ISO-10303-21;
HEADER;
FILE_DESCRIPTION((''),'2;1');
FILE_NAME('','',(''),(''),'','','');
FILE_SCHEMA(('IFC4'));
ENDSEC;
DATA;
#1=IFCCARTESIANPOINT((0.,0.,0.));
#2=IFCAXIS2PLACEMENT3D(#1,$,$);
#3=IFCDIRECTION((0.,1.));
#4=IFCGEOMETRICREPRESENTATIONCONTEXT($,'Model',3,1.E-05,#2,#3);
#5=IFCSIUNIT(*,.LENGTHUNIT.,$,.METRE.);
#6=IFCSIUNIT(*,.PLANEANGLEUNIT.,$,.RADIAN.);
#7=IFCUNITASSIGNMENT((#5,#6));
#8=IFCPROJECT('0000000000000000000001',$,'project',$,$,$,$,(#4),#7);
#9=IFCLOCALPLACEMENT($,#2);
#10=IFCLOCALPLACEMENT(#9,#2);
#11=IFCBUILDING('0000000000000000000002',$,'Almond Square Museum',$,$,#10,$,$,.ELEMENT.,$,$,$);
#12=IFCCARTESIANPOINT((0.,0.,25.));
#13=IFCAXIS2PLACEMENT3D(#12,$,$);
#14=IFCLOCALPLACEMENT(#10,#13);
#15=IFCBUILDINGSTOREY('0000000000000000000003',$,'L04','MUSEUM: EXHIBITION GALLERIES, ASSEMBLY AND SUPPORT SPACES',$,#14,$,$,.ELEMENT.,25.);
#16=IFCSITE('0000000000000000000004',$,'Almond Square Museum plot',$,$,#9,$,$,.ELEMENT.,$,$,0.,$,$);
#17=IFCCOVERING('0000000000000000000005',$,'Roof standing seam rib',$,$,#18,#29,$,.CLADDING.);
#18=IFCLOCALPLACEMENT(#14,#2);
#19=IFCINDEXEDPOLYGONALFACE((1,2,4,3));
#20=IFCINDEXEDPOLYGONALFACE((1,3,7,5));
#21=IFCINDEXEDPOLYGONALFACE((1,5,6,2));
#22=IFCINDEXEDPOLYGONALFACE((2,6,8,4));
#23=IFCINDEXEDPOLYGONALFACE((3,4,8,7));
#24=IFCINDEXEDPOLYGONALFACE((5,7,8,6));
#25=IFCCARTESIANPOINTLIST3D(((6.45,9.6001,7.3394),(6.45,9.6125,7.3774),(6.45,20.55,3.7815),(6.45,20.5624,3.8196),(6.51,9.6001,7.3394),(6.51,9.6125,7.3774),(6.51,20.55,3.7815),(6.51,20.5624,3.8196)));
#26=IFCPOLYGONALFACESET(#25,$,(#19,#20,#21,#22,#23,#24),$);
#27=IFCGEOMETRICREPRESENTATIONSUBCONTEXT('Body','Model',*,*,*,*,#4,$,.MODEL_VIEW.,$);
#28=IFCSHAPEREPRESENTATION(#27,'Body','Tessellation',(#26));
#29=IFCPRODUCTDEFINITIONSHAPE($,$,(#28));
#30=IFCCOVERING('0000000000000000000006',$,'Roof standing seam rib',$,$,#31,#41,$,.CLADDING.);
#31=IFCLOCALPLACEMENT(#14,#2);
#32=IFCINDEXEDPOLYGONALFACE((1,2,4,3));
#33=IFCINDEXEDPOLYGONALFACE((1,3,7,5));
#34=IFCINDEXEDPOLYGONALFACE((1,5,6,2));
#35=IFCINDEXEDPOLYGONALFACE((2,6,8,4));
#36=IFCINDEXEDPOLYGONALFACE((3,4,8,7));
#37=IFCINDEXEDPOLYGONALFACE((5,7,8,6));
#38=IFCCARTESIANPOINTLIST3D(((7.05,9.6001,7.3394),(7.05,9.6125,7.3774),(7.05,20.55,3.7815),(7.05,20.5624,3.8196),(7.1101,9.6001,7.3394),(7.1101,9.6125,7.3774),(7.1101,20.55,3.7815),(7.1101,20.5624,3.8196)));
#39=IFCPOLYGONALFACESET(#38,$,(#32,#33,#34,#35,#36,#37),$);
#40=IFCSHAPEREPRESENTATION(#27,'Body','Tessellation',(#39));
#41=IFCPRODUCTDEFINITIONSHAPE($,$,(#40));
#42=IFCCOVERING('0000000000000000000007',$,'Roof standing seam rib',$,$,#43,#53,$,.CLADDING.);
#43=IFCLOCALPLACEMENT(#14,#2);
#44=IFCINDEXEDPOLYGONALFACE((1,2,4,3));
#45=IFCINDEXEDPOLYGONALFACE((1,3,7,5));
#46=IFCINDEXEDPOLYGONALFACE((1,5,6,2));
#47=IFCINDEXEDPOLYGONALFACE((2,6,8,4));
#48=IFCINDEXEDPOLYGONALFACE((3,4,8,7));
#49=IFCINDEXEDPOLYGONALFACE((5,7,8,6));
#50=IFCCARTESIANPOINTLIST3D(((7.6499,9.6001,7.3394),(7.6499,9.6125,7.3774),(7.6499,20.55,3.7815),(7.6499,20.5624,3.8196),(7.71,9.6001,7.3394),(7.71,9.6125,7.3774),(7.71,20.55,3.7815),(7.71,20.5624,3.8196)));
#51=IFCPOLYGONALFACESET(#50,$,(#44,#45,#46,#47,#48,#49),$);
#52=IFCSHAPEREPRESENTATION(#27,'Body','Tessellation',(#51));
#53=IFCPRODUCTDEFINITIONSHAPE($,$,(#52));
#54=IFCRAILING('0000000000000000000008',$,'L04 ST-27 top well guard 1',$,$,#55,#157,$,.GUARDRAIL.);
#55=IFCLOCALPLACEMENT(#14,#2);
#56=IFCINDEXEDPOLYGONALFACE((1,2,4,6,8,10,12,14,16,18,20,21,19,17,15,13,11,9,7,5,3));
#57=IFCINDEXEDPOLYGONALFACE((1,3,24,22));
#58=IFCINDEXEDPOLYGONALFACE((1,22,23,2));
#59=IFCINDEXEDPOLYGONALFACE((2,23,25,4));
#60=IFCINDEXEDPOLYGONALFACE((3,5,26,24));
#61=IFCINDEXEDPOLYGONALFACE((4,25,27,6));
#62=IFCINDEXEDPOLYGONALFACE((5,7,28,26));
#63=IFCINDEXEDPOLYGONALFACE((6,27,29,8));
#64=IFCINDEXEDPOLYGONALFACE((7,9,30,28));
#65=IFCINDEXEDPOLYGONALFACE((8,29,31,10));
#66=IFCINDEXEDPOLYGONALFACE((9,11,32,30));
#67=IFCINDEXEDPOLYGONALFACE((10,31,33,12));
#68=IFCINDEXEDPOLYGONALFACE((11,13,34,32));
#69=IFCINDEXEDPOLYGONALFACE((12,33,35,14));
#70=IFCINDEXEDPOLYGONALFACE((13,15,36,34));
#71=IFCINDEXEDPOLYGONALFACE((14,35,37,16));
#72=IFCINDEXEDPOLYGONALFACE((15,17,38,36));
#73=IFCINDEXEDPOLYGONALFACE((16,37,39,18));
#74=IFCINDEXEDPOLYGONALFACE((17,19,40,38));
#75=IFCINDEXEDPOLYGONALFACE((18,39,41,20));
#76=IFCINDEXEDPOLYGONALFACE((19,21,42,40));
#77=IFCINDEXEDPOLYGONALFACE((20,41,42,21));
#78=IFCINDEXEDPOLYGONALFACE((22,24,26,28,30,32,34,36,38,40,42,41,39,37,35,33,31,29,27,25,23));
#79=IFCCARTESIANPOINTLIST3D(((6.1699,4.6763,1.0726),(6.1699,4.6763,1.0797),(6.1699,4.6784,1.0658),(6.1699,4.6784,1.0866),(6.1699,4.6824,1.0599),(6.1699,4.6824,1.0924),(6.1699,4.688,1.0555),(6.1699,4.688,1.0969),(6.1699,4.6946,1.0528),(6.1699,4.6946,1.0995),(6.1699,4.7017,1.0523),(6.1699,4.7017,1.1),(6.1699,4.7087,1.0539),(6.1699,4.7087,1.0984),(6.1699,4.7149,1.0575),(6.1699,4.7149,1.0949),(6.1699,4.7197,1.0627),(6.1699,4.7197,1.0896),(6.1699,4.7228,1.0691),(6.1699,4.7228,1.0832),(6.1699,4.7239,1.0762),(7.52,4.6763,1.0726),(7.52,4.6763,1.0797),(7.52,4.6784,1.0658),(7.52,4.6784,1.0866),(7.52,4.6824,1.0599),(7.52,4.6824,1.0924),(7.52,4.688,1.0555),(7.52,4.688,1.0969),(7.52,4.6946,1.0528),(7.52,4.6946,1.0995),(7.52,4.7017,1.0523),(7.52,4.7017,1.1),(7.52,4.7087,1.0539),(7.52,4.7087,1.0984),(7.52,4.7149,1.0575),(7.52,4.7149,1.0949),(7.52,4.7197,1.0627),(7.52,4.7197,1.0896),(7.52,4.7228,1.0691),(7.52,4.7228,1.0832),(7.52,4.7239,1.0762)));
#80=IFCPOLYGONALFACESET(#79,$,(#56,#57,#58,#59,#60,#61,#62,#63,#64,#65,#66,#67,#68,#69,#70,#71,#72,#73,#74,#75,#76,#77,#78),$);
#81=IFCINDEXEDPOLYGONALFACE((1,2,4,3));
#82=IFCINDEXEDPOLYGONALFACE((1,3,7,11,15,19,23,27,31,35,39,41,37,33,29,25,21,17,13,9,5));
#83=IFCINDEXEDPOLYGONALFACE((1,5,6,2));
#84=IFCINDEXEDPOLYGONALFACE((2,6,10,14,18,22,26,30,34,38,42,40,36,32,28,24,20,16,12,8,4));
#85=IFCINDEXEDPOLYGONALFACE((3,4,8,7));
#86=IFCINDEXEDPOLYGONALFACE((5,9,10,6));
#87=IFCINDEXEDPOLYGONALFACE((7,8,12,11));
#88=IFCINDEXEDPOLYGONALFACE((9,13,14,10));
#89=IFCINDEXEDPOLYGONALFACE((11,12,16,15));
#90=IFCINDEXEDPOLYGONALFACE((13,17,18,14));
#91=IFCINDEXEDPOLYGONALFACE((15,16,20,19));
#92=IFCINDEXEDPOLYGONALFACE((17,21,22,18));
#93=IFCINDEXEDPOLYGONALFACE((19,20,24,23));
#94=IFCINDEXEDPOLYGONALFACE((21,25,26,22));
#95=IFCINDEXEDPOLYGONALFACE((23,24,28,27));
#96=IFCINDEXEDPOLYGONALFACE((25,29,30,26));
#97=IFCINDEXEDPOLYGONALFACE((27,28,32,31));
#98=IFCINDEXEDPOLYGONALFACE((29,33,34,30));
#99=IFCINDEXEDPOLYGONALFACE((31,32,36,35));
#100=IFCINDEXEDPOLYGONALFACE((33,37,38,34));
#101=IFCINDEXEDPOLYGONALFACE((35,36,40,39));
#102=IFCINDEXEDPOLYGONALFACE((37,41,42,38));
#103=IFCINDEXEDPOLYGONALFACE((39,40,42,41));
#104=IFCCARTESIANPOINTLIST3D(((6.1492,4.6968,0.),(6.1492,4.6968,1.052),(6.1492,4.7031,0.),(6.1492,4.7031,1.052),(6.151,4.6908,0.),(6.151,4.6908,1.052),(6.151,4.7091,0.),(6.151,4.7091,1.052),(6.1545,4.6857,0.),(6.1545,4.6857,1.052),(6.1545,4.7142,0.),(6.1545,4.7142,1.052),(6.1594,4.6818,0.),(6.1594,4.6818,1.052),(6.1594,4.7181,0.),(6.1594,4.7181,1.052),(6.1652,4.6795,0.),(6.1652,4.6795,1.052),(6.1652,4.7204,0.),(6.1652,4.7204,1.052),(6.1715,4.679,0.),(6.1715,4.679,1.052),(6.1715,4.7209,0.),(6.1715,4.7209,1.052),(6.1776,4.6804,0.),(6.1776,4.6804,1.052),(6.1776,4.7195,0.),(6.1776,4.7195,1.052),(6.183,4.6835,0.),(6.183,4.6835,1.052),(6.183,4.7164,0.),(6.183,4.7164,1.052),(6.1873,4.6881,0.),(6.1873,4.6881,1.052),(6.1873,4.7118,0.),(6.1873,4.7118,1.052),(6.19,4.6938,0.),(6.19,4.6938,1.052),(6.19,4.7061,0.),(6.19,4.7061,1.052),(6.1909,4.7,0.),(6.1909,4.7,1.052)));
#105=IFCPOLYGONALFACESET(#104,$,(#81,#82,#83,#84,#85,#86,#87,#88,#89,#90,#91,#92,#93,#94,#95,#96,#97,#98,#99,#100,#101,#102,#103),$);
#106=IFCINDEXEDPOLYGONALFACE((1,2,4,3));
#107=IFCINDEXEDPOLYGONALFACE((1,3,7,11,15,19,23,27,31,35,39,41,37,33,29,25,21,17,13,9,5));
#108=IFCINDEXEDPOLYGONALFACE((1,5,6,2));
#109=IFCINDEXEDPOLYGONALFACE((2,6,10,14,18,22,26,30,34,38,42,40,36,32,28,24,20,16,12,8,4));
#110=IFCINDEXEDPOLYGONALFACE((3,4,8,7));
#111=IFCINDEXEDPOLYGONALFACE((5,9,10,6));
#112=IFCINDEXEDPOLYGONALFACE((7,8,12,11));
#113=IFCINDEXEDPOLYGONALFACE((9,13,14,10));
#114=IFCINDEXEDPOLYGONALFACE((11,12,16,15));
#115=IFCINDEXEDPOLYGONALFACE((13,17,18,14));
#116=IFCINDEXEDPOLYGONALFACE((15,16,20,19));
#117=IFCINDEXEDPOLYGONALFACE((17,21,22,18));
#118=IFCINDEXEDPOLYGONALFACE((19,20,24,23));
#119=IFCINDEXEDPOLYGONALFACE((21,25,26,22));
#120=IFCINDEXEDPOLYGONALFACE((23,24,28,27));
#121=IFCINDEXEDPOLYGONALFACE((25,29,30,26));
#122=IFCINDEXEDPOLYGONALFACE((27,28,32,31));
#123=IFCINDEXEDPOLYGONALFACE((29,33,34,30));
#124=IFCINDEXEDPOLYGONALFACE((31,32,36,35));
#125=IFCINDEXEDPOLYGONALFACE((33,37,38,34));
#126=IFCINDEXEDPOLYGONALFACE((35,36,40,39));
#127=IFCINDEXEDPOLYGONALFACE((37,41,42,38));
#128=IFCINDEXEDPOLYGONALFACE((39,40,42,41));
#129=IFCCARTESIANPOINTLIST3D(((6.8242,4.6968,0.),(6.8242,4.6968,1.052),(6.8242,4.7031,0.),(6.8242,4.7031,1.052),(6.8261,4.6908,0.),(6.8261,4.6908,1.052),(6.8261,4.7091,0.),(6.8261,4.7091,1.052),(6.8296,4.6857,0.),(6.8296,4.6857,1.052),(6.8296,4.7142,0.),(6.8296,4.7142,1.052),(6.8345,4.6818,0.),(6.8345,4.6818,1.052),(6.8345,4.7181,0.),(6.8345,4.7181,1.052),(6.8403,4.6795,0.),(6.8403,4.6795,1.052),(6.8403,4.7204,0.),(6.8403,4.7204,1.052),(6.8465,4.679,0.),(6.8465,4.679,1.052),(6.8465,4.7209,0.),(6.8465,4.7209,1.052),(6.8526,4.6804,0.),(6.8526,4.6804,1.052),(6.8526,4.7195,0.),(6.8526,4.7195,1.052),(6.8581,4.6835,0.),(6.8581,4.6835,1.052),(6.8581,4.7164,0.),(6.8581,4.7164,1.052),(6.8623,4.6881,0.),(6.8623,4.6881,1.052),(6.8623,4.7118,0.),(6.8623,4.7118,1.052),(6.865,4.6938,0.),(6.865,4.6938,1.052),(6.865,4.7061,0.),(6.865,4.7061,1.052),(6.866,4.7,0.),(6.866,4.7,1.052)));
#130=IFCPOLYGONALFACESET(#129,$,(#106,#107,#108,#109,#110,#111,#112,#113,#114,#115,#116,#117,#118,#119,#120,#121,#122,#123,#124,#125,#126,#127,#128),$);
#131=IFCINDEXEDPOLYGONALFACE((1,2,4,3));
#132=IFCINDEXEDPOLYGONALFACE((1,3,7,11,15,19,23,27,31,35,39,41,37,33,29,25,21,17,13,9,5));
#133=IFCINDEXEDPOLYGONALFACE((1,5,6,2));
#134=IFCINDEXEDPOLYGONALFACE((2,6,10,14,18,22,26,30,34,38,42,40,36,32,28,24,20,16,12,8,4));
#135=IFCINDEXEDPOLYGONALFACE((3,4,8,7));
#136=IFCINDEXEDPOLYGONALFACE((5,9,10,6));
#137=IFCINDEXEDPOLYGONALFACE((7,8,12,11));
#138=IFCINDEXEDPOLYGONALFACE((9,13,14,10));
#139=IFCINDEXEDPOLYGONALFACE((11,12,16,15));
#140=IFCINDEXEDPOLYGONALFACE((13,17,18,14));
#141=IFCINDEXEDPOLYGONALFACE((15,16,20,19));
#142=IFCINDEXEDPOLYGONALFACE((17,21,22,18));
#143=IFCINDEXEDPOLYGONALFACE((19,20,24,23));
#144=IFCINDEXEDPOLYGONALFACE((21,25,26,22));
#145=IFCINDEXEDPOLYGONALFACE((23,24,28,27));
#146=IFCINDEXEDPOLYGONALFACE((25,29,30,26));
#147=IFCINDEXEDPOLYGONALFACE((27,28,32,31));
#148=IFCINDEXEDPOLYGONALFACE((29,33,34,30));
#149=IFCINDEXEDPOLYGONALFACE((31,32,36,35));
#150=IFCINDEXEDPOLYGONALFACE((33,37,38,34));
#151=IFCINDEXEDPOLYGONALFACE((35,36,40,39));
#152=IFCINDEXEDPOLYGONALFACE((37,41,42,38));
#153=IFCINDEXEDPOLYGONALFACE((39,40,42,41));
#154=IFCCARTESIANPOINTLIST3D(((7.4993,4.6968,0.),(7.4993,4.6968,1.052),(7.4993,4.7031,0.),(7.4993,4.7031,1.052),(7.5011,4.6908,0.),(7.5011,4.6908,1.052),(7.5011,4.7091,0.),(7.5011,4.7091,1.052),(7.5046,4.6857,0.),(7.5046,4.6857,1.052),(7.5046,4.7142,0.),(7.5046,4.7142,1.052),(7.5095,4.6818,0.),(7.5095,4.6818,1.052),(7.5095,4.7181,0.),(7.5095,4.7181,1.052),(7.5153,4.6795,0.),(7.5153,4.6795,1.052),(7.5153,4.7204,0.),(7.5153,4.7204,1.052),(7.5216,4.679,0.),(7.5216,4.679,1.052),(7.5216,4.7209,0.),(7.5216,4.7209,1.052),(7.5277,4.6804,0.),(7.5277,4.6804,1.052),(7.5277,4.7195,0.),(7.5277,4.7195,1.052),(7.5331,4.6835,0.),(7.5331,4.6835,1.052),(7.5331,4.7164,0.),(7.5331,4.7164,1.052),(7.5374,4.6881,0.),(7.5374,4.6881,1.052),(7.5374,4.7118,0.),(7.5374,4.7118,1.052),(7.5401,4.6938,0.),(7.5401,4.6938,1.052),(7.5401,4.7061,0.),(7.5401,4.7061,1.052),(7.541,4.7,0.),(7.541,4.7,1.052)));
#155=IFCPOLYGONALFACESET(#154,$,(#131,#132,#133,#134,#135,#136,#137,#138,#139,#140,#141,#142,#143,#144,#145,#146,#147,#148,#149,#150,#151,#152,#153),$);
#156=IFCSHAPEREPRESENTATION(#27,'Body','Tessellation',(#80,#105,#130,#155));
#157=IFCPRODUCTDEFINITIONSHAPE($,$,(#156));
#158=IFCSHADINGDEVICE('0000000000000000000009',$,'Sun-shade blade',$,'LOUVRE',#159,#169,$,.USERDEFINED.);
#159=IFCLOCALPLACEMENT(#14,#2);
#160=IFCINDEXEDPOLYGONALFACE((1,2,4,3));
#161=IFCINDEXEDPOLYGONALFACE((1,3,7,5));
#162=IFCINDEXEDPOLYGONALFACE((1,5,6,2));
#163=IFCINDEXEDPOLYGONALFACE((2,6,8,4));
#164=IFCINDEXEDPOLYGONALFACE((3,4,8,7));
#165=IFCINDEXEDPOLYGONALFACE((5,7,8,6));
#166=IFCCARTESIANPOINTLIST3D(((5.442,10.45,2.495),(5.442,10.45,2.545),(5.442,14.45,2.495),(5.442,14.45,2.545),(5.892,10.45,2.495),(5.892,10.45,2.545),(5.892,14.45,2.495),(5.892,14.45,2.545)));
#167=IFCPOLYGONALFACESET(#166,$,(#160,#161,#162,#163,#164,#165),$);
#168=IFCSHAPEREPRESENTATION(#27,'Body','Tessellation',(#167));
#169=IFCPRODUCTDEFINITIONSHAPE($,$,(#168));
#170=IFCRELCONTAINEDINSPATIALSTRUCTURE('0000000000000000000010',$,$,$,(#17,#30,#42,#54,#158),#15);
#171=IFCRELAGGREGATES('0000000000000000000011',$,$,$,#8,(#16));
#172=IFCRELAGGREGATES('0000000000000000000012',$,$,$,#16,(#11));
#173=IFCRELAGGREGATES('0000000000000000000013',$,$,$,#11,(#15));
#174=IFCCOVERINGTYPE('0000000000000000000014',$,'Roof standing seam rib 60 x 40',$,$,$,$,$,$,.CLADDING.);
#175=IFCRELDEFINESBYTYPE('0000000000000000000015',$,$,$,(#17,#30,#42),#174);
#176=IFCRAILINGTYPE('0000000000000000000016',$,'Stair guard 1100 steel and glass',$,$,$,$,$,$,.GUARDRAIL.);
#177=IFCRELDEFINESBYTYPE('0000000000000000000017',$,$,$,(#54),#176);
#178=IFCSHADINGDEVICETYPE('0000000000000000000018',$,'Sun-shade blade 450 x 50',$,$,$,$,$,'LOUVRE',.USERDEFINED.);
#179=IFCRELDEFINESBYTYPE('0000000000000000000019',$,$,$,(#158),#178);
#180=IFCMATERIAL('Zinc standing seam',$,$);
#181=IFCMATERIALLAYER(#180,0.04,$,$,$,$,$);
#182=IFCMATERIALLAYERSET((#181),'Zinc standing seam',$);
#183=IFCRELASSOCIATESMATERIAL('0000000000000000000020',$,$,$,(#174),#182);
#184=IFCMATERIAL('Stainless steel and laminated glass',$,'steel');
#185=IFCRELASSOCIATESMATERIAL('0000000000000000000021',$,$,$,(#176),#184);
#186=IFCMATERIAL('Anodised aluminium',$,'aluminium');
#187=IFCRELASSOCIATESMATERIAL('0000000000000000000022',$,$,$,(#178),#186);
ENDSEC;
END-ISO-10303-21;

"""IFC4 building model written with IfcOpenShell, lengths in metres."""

from ifc_helpers import new_model, si_unit, direction, frame, origin, origin_2d, place, context, subcontext, project, spatial, polyline, rectangle, circle, outline, extrude, material, layer, layer_set, material_profile, profile_set, type_object, element, save


model = new_model("IFC4")

# Units and contexts
model_context = context("Model", 3, precision=1e-05, world=origin(), true_north=direction((0.0, 1.0)))
body_context = subcontext(model_context, "Body", "Model", "MODEL_VIEW")
ifc_project = project(units=[si_unit("LENGTHUNIT", "METRE"), si_unit("PLANEANGLEUNIT", "RADIAN")], contexts=[model_context])

# Site, building, storey
site_placement = place(None, origin())
site = spatial("IfcSite", under=ifc_project, at=site_placement, Name="Almond Square Museum plot", CompositionType="ELEMENT", RefElevation=0.0)
building_placement = place(site_placement, origin())
building = spatial("IfcBuilding", under=site, at=building_placement, Name="Almond Square Museum", CompositionType="ELEMENT")
storey_placement = place(building_placement, frame((0.0, 0.0, 25.0)))
storey = spatial("IfcBuildingStorey", under=building, at=storey_placement, Name="L04", Description="MUSEUM: EXHIBITION GALLERIES, ASSEMBLY AND SUPPORT SPACES", CompositionType="ELEMENT", Elevation=25.0)

# Coverings
ifc_material_1 = material(Name="Zinc standing seam")
ifc_layer_1 = layer(ifc_material_1, 0.04)
ifc_layer_set_1 = layer_set([ifc_layer_1], Name="Zinc standing seam")
covering_type = type_object("IfcCoveringType", Name="Roof standing seam rib 60 x 40", PredefinedType="CLADDING", material=ifc_layer_set_1)
for number, where, z_axis, x_axis, name in (
    (1, (6.51, 9.6001, 7.3394), (0.0, 0.309018, 0.951056), (0.0, 0.951056, -0.309018), "Roof standing seam rib"),
    (2, (7.1101, 9.6001, 7.3394), (0.0, 0.309018, 0.951056), (0.0, 0.951056, -0.309018), "Roof standing seam rib"),
    (3, (7.71, 9.6001, 7.3394), (0.0, 0.309018, 0.951056), (0.0, 0.951056, -0.309018), "Roof standing seam rib"),
):
    element("IfcCovering", number, at=place(storey_placement, frame(where, z_axis=z_axis, x_axis=x_axis)), inside=storey, type_object=covering_type, Name=name, PredefinedType="CLADDING", context=body_context, shape_type="SweptSolid", body=[
        extrude(outline(polyline([(0.0, 0.0), (11.5135, 0.0), (11.5135, 0.0601), (0.0, 0.0601), (0.0, 0.0)])), origin(), (0.0, 0.0, 1.0), 0.04),
    ])

# Railing
ifc_material_2 = material(Name="Stainless steel and laminated glass", Category="steel")
railing_type = type_object("IfcRailingType", Name="Stair guard 1100 steel and glass", PredefinedType="GUARDRAIL", material=ifc_material_2)
railing_placement = place(storey_placement, frame((6.1699, 4.7, 0.0)))
element("IfcRailing", 4, at=railing_placement, inside=storey, type_object=railing_type, Name="L04 ST-27 top well guard 1", PredefinedType="GUARDRAIL", context=body_context, shape_type="SweptSolid", body=[
    extrude(circle(Radius=0.0239, at=origin_2d()), frame((0.0, 0.0, 1.0762), z_axis=(1.0, 0.0, 0.0), x_axis=(0.0, 1.0, 0.0)), (0.0, 0.0, 1.0), 1.3501),
    extrude(circle(Radius=0.021, at=origin_2d()), origin(), (0.0, 0.0, 1.0), 1.052),
    extrude(circle(Radius=0.021, at=origin_2d()), frame((0.675, 0.0, 0.0)), (0.0, 0.0, 1.0), 1.052),
    extrude(circle(Radius=0.021, at=origin_2d()), frame((1.3501, 0.0, 0.0)), (0.0, 0.0, 1.0), 1.052),
])

# Shading device
ifc_material_3 = material(Name="Anodised aluminium", Category="aluminium")
ifc_material_profile_1 = material_profile(ifc_material_3, rectangle(XDim=0.45, YDim=0.05, at=origin_2d()))
ifc_profile_set_1 = profile_set([ifc_material_profile_1], Name="Anodised aluminium")
shading_device_type = type_object("IfcShadingDeviceType", Name="Sun-shade blade 450 x 50", ElementType="LOUVRE", PredefinedType="USERDEFINED", material=ifc_profile_set_1)
shading_device_placement = place(storey_placement, frame((5.667, 10.45, 2.52), z_axis=(0.0, 1.0, 0.0), x_axis=(-1.0, 0.0, 0.0)))
element("IfcShadingDevice", 5, at=shading_device_placement, inside=storey, type_object=shading_device_type, Name="Sun-shade blade", ObjectType="LOUVRE", PredefinedType="USERDEFINED", context=body_context, shape_type="SweptSolid", body=[
    extrude(rectangle(XDim=0.45, YDim=0.05, at=origin_2d()), origin(), (0.0, 0.0, 1.0), 4.0),
])

save(model, "model.ifc")
